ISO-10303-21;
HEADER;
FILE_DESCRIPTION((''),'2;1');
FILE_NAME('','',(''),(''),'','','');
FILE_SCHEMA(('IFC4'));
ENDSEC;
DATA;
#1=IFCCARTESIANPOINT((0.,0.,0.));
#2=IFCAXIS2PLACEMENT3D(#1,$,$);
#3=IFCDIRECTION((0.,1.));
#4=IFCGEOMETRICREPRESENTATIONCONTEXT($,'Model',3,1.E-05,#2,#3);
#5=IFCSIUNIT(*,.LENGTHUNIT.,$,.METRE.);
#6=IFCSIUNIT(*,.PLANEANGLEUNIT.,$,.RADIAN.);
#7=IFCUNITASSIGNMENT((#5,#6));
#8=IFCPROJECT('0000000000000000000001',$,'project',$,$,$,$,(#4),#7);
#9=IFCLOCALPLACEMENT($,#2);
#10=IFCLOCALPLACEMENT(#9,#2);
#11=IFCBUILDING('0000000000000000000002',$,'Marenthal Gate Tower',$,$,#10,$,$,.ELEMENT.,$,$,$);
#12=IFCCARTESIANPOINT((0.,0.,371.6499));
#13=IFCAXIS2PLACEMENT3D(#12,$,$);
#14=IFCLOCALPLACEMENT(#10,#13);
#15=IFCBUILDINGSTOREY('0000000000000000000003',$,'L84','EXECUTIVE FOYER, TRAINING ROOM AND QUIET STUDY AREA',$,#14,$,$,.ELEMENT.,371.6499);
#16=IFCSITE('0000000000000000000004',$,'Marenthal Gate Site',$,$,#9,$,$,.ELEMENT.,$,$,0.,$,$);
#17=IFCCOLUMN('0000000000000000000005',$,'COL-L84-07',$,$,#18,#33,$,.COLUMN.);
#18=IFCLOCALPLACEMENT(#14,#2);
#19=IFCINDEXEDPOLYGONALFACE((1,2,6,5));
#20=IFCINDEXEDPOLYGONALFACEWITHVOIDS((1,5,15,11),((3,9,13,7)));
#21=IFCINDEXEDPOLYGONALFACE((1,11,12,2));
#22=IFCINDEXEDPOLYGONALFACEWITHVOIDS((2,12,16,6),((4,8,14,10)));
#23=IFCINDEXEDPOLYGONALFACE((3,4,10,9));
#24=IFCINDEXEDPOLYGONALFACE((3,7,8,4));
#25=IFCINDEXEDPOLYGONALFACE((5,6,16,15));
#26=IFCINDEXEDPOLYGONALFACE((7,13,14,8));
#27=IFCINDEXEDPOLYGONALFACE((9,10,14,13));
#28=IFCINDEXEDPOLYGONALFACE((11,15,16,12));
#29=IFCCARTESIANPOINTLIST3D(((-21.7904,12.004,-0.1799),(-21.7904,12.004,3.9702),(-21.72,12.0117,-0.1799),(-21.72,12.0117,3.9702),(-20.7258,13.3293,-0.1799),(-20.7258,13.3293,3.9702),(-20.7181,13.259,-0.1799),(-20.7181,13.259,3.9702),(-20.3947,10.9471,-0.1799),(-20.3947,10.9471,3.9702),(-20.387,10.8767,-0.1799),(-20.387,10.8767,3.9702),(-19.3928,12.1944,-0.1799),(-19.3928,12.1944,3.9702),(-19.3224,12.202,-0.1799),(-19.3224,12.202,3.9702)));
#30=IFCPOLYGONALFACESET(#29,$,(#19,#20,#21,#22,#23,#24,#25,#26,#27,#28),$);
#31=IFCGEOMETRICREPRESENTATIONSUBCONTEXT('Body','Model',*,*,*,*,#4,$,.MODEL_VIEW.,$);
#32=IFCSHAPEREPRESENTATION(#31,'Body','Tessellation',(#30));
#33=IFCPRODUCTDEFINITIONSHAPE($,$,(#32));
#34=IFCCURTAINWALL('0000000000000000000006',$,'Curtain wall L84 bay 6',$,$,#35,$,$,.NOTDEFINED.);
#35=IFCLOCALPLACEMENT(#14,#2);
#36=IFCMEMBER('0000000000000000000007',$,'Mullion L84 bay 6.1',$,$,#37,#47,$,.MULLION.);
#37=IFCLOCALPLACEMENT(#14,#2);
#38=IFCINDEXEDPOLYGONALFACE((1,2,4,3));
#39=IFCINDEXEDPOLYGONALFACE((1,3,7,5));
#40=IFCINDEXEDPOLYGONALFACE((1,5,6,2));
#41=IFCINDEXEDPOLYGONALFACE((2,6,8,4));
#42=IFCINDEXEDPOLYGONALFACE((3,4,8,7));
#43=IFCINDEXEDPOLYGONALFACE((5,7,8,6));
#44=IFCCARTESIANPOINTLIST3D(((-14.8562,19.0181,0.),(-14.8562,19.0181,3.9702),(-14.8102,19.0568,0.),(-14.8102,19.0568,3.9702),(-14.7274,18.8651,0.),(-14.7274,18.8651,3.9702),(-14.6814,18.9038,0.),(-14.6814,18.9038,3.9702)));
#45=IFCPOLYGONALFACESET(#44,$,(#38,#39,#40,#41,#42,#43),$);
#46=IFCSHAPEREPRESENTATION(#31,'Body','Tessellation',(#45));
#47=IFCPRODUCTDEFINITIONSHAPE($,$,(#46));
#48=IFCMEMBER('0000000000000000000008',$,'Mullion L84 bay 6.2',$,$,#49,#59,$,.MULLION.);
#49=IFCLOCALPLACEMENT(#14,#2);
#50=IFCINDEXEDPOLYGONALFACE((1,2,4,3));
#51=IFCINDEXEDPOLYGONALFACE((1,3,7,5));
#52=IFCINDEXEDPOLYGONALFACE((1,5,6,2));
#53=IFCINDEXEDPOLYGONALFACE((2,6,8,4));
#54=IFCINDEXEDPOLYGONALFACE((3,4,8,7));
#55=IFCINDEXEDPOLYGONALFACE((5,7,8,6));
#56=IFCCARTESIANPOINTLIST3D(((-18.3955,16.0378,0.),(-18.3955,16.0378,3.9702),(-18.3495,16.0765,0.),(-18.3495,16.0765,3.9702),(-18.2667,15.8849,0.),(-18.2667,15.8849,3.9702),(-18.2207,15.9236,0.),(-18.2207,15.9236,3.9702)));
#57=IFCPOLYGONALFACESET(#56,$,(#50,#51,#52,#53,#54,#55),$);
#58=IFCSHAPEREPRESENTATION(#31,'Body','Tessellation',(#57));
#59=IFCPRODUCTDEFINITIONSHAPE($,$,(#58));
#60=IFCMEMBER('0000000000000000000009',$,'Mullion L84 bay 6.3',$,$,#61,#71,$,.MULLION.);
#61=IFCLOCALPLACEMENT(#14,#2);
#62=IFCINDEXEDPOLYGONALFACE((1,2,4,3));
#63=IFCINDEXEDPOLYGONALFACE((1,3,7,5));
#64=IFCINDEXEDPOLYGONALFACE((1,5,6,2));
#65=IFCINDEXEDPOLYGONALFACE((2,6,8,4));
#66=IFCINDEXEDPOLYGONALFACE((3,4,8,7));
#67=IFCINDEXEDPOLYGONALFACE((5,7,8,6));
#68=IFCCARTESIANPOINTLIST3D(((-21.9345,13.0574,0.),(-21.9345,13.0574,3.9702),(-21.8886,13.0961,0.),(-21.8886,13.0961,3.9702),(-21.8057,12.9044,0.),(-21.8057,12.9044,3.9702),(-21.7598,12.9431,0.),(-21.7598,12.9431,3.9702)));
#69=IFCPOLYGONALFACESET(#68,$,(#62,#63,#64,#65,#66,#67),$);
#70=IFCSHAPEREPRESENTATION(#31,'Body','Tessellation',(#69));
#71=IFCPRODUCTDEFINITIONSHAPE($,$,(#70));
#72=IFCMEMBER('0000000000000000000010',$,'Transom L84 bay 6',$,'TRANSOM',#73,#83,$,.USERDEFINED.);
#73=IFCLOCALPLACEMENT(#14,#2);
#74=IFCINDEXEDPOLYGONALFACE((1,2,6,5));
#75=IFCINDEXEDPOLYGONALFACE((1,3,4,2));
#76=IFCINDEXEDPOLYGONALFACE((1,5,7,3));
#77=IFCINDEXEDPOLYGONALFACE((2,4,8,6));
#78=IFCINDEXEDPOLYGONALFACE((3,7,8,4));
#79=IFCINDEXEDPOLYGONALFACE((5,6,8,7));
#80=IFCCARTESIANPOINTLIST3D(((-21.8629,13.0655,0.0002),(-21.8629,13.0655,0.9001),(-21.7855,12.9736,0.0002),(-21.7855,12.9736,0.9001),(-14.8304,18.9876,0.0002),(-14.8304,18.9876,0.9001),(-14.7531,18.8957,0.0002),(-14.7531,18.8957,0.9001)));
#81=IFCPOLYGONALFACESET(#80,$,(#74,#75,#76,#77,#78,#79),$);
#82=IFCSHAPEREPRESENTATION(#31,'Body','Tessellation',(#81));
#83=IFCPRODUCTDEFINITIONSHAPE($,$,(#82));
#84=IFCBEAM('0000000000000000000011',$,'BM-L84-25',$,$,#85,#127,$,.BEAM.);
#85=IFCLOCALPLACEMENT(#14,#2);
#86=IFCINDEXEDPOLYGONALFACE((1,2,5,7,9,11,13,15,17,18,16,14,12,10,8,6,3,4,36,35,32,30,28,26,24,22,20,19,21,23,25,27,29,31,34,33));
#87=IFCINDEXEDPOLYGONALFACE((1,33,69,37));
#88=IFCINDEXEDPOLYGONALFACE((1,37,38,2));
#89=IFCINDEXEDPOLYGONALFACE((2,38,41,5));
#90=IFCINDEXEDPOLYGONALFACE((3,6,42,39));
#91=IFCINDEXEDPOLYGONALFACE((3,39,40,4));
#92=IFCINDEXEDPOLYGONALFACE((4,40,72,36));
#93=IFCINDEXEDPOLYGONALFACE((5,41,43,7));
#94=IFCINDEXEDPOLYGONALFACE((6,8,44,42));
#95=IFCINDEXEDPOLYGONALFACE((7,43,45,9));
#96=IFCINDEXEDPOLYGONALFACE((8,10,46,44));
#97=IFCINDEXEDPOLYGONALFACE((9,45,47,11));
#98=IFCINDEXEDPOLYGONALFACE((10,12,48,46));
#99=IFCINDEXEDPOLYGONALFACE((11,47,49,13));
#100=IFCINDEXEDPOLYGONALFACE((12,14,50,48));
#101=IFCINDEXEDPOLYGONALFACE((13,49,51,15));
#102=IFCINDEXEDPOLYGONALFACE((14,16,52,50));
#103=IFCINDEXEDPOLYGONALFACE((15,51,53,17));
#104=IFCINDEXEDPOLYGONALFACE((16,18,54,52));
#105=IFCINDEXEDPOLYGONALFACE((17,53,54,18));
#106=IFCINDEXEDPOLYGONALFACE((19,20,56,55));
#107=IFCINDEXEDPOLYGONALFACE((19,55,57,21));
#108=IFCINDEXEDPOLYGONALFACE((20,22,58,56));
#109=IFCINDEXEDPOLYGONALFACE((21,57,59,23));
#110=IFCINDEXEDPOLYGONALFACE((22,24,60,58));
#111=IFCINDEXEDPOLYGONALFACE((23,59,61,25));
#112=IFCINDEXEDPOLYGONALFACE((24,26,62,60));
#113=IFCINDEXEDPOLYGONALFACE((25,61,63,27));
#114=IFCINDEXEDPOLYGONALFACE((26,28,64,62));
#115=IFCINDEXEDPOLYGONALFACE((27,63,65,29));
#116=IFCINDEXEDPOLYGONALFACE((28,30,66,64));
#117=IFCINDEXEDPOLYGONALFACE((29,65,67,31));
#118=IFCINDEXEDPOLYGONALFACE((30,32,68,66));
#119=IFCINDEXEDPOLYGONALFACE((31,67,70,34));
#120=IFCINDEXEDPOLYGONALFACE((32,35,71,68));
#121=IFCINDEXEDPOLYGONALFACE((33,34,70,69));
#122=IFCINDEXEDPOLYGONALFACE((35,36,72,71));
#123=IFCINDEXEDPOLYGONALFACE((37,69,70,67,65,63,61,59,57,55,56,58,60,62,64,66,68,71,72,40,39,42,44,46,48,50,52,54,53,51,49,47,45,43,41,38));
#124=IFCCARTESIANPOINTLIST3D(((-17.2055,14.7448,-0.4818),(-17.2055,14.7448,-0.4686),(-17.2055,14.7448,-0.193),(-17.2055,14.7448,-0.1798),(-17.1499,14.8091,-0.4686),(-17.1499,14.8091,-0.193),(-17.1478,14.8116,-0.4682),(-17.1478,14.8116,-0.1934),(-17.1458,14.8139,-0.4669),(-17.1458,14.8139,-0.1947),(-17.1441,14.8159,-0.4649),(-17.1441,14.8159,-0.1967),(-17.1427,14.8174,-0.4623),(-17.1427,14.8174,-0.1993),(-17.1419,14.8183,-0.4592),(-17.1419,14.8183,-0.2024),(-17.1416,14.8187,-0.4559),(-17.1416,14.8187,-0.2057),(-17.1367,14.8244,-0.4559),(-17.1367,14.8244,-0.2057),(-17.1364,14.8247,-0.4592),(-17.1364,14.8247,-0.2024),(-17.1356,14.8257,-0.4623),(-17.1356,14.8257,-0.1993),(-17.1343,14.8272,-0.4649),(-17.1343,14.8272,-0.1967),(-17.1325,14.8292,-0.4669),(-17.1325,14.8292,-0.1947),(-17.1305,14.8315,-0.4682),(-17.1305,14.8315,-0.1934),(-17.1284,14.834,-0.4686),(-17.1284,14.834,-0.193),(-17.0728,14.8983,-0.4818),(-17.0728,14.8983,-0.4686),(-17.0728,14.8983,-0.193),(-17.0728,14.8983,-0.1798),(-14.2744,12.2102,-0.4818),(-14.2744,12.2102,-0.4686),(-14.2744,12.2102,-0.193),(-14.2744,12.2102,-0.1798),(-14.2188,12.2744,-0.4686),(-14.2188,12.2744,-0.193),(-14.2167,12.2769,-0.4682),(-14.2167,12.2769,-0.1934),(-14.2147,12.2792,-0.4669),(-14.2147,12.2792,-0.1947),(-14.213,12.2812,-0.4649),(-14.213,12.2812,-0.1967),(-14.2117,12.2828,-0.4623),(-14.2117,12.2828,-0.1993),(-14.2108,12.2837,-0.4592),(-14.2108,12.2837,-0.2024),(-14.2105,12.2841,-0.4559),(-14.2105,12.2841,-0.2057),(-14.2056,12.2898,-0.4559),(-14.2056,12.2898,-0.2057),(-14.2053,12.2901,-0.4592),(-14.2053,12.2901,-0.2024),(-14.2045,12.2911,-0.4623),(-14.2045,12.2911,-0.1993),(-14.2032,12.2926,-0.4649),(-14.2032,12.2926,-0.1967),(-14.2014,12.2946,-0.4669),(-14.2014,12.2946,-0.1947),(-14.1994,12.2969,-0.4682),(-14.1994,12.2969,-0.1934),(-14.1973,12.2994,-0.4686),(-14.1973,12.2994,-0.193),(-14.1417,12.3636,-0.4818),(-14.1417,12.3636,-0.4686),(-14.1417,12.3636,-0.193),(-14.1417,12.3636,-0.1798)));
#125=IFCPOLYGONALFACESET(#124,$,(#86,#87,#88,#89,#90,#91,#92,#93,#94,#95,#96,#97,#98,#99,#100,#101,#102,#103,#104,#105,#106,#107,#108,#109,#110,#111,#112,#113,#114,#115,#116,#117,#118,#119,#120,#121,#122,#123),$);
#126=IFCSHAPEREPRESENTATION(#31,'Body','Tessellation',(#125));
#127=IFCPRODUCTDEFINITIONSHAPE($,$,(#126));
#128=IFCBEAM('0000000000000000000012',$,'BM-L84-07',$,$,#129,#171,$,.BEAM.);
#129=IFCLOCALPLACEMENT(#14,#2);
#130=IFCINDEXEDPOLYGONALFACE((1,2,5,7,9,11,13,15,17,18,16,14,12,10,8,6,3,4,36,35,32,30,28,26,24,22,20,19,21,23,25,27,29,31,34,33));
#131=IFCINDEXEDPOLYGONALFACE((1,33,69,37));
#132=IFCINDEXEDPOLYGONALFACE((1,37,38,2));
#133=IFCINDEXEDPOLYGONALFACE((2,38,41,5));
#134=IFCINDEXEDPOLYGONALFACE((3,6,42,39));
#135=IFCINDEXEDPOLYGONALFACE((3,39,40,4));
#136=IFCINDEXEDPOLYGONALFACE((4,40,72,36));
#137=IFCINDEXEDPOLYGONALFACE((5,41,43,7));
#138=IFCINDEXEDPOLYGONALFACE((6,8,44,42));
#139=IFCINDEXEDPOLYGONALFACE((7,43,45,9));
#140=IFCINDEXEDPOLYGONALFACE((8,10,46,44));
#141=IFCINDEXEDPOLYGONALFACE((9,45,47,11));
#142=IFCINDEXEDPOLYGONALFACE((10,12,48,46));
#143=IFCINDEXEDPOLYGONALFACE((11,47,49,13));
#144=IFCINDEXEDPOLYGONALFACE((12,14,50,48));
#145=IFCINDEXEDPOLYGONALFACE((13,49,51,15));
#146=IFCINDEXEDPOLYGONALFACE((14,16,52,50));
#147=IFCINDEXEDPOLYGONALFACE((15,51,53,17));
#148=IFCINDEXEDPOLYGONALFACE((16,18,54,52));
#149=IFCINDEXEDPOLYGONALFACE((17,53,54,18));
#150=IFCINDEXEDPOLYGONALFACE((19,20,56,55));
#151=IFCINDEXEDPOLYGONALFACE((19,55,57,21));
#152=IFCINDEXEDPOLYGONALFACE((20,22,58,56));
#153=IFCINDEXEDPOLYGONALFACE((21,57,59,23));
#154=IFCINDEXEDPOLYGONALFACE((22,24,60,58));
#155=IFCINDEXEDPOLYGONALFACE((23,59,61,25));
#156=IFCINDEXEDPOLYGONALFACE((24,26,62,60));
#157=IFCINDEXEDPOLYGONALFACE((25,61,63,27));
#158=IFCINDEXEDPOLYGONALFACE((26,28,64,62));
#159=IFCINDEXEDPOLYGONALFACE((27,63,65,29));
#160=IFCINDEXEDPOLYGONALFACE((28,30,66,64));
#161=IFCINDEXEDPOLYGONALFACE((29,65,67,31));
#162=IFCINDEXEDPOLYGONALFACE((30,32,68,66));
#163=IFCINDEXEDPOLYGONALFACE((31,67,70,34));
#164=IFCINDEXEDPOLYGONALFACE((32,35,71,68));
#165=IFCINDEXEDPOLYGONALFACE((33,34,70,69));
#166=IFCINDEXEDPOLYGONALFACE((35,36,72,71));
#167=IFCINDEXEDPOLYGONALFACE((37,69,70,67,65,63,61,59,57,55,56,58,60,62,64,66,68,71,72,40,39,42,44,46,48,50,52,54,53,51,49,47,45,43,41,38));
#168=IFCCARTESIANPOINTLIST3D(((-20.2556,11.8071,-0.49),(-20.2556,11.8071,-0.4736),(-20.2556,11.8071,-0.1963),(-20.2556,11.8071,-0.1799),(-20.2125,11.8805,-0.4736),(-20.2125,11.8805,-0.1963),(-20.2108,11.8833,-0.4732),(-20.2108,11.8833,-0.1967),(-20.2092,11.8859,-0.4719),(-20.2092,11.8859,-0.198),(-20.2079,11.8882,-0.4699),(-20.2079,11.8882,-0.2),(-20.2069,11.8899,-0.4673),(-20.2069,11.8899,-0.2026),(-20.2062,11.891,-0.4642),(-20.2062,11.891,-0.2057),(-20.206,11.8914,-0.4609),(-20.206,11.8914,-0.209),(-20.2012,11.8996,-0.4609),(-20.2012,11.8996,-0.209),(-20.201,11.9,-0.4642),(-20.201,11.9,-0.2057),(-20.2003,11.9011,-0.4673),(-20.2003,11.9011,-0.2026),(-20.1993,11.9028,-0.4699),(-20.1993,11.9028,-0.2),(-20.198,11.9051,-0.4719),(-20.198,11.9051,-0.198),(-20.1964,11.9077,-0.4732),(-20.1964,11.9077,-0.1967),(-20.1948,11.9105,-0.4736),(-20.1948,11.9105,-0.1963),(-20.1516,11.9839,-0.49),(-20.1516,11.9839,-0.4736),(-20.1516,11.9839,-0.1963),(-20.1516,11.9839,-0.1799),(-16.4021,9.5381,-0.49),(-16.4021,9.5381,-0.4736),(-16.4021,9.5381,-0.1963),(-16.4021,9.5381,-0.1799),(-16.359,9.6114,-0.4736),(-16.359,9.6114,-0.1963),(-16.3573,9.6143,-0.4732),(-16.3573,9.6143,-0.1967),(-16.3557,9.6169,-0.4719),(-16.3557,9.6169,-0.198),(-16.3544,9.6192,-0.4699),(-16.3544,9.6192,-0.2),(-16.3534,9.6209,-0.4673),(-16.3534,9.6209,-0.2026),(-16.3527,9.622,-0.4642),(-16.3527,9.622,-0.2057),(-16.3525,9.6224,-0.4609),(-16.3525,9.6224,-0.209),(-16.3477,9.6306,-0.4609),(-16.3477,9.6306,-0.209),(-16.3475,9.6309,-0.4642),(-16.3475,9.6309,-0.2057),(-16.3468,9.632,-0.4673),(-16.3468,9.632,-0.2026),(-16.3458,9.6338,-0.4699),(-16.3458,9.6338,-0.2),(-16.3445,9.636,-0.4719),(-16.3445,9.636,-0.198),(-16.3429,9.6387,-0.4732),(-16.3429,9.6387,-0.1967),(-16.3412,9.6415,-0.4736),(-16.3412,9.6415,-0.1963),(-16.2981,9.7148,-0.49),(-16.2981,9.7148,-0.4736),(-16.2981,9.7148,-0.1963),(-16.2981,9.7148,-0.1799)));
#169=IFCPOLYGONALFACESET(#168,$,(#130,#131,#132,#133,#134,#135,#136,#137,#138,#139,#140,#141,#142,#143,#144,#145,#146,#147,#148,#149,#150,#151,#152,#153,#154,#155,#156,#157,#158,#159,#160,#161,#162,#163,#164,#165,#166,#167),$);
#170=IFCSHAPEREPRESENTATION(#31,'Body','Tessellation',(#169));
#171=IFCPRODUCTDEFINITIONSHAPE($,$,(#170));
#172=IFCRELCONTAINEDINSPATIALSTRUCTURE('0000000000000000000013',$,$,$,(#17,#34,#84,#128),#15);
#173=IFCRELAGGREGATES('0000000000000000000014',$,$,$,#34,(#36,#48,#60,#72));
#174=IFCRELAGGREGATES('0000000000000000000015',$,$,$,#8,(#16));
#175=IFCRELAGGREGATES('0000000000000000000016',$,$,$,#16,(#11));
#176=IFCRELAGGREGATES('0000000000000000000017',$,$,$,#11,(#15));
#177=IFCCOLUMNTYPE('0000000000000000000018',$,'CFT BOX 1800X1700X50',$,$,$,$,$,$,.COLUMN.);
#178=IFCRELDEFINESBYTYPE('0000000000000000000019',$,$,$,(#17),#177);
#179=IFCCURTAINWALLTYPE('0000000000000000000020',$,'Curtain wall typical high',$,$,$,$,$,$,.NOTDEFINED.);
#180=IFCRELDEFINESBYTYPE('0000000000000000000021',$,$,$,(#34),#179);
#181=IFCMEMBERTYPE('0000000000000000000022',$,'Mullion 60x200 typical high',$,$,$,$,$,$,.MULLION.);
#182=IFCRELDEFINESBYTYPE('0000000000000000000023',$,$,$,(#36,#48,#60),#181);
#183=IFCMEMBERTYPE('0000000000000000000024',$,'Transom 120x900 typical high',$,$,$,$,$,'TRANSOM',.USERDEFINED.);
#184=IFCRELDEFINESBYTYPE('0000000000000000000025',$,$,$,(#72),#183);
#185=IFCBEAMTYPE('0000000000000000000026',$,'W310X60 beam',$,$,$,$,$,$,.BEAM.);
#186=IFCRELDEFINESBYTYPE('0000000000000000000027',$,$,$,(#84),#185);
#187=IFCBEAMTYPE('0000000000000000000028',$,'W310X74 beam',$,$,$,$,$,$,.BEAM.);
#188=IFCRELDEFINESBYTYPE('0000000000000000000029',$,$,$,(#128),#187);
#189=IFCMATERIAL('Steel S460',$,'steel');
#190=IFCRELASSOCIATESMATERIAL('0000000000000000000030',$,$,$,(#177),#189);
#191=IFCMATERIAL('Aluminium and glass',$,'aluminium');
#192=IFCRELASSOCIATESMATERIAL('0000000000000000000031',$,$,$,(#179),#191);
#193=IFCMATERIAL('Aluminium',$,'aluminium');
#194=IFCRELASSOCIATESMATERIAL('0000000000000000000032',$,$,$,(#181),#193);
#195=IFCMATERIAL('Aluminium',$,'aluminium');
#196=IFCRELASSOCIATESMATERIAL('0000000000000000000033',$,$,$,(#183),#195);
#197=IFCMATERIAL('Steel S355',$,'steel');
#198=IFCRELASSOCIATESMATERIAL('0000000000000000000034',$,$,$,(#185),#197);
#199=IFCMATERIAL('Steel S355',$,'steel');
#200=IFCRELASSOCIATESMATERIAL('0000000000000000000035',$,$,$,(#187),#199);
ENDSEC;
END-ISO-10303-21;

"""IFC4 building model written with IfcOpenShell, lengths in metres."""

from ifc_helpers import new_model, si_unit, direction, frame, origin, origin_2d, place, context, subcontext, project, spatial, rectangle, hollow_rectangle, i_section, extrude, material, material_profile, profile_set, type_object, element, aggregate, save


model = new_model("IFC4")

# Units and contexts
model_context = context("Model", 3, precision=1e-05, world=origin(), true_north=direction((0.0, 1.0)))
body_context = subcontext(model_context, "Body", "Model", "MODEL_VIEW")
ifc_project = project(units=[si_unit("LENGTHUNIT", "METRE"), si_unit("PLANEANGLEUNIT", "RADIAN")], contexts=[model_context])

# Site, building, storey
site_placement = place(None, origin())
site = spatial("IfcSite", under=ifc_project, at=site_placement, Name="Marenthal Gate Site", CompositionType="ELEMENT", RefElevation=0.0)
building_placement = place(site_placement, origin())
building = spatial("IfcBuilding", under=site, at=building_placement, Name="Marenthal Gate Tower", CompositionType="ELEMENT")
storey_placement = place(building_placement, frame((0.0, 0.0, 371.6499)))
storey = spatial("IfcBuildingStorey", under=building, at=storey_placement, Name="L84", Description="EXECUTIVE FOYER, TRAINING ROOM AND QUIET STUDY AREA", CompositionType="ELEMENT", Elevation=371.6499)

# Column
ifc_material_1 = material(Name="Steel S460", Category="steel")
ifc_material_profile_1 = material_profile(ifc_material_1, hollow_rectangle(XDim=1.7, YDim=1.8, WallThickness=0.05, at=origin_2d()), Name="CFT BOX 1800X1700X50")
ifc_material_2 = material(Name="Concrete 70 MPa", Category="concrete")
ifc_material_profile_2 = material_profile(ifc_material_2, rectangle(XDim=1.6001, YDim=1.7, at=origin_2d()), Name="CFT BOX 1800X1700X50 INFILL")
ifc_profile_set_1 = profile_set([ifc_material_profile_1, ifc_material_profile_2], Name="Steel S460 shell, Concrete 70 MPa infill")
column_type = type_object("IfcColumnType", Name="CFT BOX 1800X1700X50", PredefinedType="COLUMN", material=ifc_profile_set_1)
column_placement = place(storey_placement, frame((-20.5564, 12.103, -0.1799), z_axis=(0.0, 0.0, 1.0), x_axis=(0.626249, 0.779623, 0.0)))
element("IfcColumn", 1, at=column_placement, inside=storey, type_object=column_type, Name="COL-L84-07", PredefinedType="COLUMN", context=body_context, shape_type="SweptSolid", body=[
    extrude(hollow_rectangle(XDim=1.7, YDim=1.8, WallThickness=0.05, at=origin_2d()), origin(), (0.0, 0.0, 1.0), 4.1501),
])

# Curtain wall, members
ifc_material_3 = material(Name="Aluminium and glass", Category="aluminium")
curtain_wall_type = type_object("IfcCurtainWallType", Name="Curtain wall typical high", PredefinedType="NOTDEFINED", material=ifc_material_3)
curtain_wall_placement = place(storey_placement, origin())
curtain_wall = element("IfcCurtainWall", 2, at=curtain_wall_placement, inside=storey, type_object=curtain_wall_type, Name="Curtain wall L84 bay 6", PredefinedType="NOTDEFINED")
ifc_material_4 = material(Name="Aluminium", Category="aluminium")
ifc_material_profile_3 = material_profile(ifc_material_4, rectangle(XDim=0.2, YDim=0.0601, at=origin_2d()), Name="60x200 aluminium mullion")
ifc_profile_set_2 = profile_set([ifc_material_profile_3], Name="Aluminium")
member_type_1 = type_object("IfcMemberType", Name="Mullion 60x200 typical high", PredefinedType="MULLION", material=ifc_profile_set_2)
member_1_placement = place(storey_placement, frame((-14.7688, 18.9609, 0.0), z_axis=(0.0, 0.0, 1.0), x_axis=(0.644135, -0.764912, 0.0)))
member_1 = element("IfcMember", 3, at=member_1_placement, type_object=member_type_1, Name="Mullion L84 bay 6.1", PredefinedType="MULLION", context=body_context, shape_type="SweptSolid", body=[
    extrude(rectangle(XDim=0.2, YDim=0.0601, at=origin_2d()), origin(), (0.0, 0.0, 1.0), 3.9702),
])
member_2_placement = place(storey_placement, frame((-18.3081, 15.9807, 0.0), z_axis=(0.0, 0.0, 1.0), x_axis=(0.644135, -0.764912, 0.0)))
member_2 = element("IfcMember", 4, at=member_2_placement, type_object=member_type_1, Name="Mullion L84 bay 6.2", PredefinedType="MULLION", context=body_context, shape_type="SweptSolid", body=[
    extrude(rectangle(XDim=0.2, YDim=0.0601, at=origin_2d()), origin(), (0.0, 0.0, 1.0), 3.9702),
])
member_3_placement = place(storey_placement, frame((-21.8472, 13.0002, 0.0), z_axis=(0.0, 0.0, 1.0), x_axis=(0.644135, -0.764912, 0.0)))
member_3 = element("IfcMember", 5, at=member_3_placement, type_object=member_type_1, Name="Mullion L84 bay 6.3", PredefinedType="MULLION", context=body_context, shape_type="SweptSolid", body=[
    extrude(rectangle(XDim=0.2, YDim=0.0601, at=origin_2d()), origin(), (0.0, 0.0, 1.0), 3.9702),
])
ifc_material_5 = material(Name="Aluminium", Category="aluminium")
ifc_material_profile_4 = material_profile(ifc_material_5, rectangle(XDim=0.1201, YDim=0.8999, at=origin_2d()), Name="120x900 aluminium transom")
ifc_profile_set_3 = profile_set([ifc_material_profile_4], Name="Aluminium")
member_type_2 = type_object("IfcMemberType", Name="Transom 120x900 typical high", ElementType="TRANSOM", PredefinedType="USERDEFINED", material=ifc_profile_set_3)
member_4_placement = place(storey_placement, frame((-14.7917, 18.9417, 0.4502), z_axis=(-0.764909, -0.644138, 0.0), x_axis=(0.644138, -0.764909, 0.0)))
member_4 = element("IfcMember", 6, at=member_4_placement, type_object=member_type_2, Name="Transom L84 bay 6", ObjectType="TRANSOM", PredefinedType="USERDEFINED", context=body_context, shape_type="SweptSolid", body=[
    extrude(rectangle(XDim=0.1201, YDim=0.8999, at=origin_2d()), origin(), (0.0, 0.0, 1.0), 9.1938),
])

# Beams
ifc_material_6 = material(Name="Steel S355", Category="steel")
ifc_material_profile_5 = material_profile(ifc_material_6, i_section(OverallWidth=0.2029, OverallDepth=0.302, WebThickness=0.0076, FlangeThickness=0.0132, FilletRadius=0.0127, at=origin_2d()), Name="W310X60")
ifc_profile_set_4 = profile_set([ifc_material_profile_5], Name="Steel S355")
beam_type_1 = type_object("IfcBeamType", Name="W310X60 beam", PredefinedType="BEAM", material=ifc_profile_set_4)
beam_1_placement = place(storey_placement, frame((-17.1392, 14.8215, -0.3308), z_axis=(0.756412, -0.654095, 0.0), x_axis=(0.654095, 0.756412, 0.0)))
element("IfcBeam", 7, at=beam_1_placement, inside=storey, type_object=beam_type_1, Name="BM-L84-25", PredefinedType="BEAM", context=body_context, shape_type="SweptSolid", body=[
    extrude(i_section(OverallWidth=0.2029, OverallDepth=0.302, WebThickness=0.0076, FlangeThickness=0.0132, FilletRadius=0.0127, at=origin_2d()), origin(), (0.0, 0.0, 1.0), 3.875),
])
ifc_material_7 = material(Name="Steel S355", Category="steel")
ifc_material_profile_6 = material_profile(ifc_material_7, i_section(OverallWidth=0.2051, OverallDepth=0.3101, WebThickness=0.0095, FlangeThickness=0.0164, FilletRadius=0.0127, at=origin_2d()), Name="W310X74")
ifc_profile_set_5 = profile_set([ifc_material_profile_6], Name="Steel S355")
beam_type_2 = type_object("IfcBeamType", Name="W310X74 beam", PredefinedType="BEAM", material=ifc_profile_set_5)
beam_2_placement = place(storey_placement, frame((-20.2036, 11.8955, -0.335), z_axis=(0.861712, -0.507397, 0.0), x_axis=(0.507397, 0.861712, 0.0)))
element("IfcBeam", 8, at=beam_2_placement, inside=storey, type_object=beam_type_2, Name="BM-L84-07", PredefinedType="BEAM", context=body_context, shape_type="SweptSolid", body=[
    extrude(i_section(OverallWidth=0.2051, OverallDepth=0.3101, WebThickness=0.0095, FlangeThickness=0.0164, FilletRadius=0.0127, at=origin_2d()), origin(), (0.0, 0.0, 1.0), 4.4719),
])

aggregate(curtain_wall, [member_1, member_2, member_3, member_4])

save(model, "model.ifc")
